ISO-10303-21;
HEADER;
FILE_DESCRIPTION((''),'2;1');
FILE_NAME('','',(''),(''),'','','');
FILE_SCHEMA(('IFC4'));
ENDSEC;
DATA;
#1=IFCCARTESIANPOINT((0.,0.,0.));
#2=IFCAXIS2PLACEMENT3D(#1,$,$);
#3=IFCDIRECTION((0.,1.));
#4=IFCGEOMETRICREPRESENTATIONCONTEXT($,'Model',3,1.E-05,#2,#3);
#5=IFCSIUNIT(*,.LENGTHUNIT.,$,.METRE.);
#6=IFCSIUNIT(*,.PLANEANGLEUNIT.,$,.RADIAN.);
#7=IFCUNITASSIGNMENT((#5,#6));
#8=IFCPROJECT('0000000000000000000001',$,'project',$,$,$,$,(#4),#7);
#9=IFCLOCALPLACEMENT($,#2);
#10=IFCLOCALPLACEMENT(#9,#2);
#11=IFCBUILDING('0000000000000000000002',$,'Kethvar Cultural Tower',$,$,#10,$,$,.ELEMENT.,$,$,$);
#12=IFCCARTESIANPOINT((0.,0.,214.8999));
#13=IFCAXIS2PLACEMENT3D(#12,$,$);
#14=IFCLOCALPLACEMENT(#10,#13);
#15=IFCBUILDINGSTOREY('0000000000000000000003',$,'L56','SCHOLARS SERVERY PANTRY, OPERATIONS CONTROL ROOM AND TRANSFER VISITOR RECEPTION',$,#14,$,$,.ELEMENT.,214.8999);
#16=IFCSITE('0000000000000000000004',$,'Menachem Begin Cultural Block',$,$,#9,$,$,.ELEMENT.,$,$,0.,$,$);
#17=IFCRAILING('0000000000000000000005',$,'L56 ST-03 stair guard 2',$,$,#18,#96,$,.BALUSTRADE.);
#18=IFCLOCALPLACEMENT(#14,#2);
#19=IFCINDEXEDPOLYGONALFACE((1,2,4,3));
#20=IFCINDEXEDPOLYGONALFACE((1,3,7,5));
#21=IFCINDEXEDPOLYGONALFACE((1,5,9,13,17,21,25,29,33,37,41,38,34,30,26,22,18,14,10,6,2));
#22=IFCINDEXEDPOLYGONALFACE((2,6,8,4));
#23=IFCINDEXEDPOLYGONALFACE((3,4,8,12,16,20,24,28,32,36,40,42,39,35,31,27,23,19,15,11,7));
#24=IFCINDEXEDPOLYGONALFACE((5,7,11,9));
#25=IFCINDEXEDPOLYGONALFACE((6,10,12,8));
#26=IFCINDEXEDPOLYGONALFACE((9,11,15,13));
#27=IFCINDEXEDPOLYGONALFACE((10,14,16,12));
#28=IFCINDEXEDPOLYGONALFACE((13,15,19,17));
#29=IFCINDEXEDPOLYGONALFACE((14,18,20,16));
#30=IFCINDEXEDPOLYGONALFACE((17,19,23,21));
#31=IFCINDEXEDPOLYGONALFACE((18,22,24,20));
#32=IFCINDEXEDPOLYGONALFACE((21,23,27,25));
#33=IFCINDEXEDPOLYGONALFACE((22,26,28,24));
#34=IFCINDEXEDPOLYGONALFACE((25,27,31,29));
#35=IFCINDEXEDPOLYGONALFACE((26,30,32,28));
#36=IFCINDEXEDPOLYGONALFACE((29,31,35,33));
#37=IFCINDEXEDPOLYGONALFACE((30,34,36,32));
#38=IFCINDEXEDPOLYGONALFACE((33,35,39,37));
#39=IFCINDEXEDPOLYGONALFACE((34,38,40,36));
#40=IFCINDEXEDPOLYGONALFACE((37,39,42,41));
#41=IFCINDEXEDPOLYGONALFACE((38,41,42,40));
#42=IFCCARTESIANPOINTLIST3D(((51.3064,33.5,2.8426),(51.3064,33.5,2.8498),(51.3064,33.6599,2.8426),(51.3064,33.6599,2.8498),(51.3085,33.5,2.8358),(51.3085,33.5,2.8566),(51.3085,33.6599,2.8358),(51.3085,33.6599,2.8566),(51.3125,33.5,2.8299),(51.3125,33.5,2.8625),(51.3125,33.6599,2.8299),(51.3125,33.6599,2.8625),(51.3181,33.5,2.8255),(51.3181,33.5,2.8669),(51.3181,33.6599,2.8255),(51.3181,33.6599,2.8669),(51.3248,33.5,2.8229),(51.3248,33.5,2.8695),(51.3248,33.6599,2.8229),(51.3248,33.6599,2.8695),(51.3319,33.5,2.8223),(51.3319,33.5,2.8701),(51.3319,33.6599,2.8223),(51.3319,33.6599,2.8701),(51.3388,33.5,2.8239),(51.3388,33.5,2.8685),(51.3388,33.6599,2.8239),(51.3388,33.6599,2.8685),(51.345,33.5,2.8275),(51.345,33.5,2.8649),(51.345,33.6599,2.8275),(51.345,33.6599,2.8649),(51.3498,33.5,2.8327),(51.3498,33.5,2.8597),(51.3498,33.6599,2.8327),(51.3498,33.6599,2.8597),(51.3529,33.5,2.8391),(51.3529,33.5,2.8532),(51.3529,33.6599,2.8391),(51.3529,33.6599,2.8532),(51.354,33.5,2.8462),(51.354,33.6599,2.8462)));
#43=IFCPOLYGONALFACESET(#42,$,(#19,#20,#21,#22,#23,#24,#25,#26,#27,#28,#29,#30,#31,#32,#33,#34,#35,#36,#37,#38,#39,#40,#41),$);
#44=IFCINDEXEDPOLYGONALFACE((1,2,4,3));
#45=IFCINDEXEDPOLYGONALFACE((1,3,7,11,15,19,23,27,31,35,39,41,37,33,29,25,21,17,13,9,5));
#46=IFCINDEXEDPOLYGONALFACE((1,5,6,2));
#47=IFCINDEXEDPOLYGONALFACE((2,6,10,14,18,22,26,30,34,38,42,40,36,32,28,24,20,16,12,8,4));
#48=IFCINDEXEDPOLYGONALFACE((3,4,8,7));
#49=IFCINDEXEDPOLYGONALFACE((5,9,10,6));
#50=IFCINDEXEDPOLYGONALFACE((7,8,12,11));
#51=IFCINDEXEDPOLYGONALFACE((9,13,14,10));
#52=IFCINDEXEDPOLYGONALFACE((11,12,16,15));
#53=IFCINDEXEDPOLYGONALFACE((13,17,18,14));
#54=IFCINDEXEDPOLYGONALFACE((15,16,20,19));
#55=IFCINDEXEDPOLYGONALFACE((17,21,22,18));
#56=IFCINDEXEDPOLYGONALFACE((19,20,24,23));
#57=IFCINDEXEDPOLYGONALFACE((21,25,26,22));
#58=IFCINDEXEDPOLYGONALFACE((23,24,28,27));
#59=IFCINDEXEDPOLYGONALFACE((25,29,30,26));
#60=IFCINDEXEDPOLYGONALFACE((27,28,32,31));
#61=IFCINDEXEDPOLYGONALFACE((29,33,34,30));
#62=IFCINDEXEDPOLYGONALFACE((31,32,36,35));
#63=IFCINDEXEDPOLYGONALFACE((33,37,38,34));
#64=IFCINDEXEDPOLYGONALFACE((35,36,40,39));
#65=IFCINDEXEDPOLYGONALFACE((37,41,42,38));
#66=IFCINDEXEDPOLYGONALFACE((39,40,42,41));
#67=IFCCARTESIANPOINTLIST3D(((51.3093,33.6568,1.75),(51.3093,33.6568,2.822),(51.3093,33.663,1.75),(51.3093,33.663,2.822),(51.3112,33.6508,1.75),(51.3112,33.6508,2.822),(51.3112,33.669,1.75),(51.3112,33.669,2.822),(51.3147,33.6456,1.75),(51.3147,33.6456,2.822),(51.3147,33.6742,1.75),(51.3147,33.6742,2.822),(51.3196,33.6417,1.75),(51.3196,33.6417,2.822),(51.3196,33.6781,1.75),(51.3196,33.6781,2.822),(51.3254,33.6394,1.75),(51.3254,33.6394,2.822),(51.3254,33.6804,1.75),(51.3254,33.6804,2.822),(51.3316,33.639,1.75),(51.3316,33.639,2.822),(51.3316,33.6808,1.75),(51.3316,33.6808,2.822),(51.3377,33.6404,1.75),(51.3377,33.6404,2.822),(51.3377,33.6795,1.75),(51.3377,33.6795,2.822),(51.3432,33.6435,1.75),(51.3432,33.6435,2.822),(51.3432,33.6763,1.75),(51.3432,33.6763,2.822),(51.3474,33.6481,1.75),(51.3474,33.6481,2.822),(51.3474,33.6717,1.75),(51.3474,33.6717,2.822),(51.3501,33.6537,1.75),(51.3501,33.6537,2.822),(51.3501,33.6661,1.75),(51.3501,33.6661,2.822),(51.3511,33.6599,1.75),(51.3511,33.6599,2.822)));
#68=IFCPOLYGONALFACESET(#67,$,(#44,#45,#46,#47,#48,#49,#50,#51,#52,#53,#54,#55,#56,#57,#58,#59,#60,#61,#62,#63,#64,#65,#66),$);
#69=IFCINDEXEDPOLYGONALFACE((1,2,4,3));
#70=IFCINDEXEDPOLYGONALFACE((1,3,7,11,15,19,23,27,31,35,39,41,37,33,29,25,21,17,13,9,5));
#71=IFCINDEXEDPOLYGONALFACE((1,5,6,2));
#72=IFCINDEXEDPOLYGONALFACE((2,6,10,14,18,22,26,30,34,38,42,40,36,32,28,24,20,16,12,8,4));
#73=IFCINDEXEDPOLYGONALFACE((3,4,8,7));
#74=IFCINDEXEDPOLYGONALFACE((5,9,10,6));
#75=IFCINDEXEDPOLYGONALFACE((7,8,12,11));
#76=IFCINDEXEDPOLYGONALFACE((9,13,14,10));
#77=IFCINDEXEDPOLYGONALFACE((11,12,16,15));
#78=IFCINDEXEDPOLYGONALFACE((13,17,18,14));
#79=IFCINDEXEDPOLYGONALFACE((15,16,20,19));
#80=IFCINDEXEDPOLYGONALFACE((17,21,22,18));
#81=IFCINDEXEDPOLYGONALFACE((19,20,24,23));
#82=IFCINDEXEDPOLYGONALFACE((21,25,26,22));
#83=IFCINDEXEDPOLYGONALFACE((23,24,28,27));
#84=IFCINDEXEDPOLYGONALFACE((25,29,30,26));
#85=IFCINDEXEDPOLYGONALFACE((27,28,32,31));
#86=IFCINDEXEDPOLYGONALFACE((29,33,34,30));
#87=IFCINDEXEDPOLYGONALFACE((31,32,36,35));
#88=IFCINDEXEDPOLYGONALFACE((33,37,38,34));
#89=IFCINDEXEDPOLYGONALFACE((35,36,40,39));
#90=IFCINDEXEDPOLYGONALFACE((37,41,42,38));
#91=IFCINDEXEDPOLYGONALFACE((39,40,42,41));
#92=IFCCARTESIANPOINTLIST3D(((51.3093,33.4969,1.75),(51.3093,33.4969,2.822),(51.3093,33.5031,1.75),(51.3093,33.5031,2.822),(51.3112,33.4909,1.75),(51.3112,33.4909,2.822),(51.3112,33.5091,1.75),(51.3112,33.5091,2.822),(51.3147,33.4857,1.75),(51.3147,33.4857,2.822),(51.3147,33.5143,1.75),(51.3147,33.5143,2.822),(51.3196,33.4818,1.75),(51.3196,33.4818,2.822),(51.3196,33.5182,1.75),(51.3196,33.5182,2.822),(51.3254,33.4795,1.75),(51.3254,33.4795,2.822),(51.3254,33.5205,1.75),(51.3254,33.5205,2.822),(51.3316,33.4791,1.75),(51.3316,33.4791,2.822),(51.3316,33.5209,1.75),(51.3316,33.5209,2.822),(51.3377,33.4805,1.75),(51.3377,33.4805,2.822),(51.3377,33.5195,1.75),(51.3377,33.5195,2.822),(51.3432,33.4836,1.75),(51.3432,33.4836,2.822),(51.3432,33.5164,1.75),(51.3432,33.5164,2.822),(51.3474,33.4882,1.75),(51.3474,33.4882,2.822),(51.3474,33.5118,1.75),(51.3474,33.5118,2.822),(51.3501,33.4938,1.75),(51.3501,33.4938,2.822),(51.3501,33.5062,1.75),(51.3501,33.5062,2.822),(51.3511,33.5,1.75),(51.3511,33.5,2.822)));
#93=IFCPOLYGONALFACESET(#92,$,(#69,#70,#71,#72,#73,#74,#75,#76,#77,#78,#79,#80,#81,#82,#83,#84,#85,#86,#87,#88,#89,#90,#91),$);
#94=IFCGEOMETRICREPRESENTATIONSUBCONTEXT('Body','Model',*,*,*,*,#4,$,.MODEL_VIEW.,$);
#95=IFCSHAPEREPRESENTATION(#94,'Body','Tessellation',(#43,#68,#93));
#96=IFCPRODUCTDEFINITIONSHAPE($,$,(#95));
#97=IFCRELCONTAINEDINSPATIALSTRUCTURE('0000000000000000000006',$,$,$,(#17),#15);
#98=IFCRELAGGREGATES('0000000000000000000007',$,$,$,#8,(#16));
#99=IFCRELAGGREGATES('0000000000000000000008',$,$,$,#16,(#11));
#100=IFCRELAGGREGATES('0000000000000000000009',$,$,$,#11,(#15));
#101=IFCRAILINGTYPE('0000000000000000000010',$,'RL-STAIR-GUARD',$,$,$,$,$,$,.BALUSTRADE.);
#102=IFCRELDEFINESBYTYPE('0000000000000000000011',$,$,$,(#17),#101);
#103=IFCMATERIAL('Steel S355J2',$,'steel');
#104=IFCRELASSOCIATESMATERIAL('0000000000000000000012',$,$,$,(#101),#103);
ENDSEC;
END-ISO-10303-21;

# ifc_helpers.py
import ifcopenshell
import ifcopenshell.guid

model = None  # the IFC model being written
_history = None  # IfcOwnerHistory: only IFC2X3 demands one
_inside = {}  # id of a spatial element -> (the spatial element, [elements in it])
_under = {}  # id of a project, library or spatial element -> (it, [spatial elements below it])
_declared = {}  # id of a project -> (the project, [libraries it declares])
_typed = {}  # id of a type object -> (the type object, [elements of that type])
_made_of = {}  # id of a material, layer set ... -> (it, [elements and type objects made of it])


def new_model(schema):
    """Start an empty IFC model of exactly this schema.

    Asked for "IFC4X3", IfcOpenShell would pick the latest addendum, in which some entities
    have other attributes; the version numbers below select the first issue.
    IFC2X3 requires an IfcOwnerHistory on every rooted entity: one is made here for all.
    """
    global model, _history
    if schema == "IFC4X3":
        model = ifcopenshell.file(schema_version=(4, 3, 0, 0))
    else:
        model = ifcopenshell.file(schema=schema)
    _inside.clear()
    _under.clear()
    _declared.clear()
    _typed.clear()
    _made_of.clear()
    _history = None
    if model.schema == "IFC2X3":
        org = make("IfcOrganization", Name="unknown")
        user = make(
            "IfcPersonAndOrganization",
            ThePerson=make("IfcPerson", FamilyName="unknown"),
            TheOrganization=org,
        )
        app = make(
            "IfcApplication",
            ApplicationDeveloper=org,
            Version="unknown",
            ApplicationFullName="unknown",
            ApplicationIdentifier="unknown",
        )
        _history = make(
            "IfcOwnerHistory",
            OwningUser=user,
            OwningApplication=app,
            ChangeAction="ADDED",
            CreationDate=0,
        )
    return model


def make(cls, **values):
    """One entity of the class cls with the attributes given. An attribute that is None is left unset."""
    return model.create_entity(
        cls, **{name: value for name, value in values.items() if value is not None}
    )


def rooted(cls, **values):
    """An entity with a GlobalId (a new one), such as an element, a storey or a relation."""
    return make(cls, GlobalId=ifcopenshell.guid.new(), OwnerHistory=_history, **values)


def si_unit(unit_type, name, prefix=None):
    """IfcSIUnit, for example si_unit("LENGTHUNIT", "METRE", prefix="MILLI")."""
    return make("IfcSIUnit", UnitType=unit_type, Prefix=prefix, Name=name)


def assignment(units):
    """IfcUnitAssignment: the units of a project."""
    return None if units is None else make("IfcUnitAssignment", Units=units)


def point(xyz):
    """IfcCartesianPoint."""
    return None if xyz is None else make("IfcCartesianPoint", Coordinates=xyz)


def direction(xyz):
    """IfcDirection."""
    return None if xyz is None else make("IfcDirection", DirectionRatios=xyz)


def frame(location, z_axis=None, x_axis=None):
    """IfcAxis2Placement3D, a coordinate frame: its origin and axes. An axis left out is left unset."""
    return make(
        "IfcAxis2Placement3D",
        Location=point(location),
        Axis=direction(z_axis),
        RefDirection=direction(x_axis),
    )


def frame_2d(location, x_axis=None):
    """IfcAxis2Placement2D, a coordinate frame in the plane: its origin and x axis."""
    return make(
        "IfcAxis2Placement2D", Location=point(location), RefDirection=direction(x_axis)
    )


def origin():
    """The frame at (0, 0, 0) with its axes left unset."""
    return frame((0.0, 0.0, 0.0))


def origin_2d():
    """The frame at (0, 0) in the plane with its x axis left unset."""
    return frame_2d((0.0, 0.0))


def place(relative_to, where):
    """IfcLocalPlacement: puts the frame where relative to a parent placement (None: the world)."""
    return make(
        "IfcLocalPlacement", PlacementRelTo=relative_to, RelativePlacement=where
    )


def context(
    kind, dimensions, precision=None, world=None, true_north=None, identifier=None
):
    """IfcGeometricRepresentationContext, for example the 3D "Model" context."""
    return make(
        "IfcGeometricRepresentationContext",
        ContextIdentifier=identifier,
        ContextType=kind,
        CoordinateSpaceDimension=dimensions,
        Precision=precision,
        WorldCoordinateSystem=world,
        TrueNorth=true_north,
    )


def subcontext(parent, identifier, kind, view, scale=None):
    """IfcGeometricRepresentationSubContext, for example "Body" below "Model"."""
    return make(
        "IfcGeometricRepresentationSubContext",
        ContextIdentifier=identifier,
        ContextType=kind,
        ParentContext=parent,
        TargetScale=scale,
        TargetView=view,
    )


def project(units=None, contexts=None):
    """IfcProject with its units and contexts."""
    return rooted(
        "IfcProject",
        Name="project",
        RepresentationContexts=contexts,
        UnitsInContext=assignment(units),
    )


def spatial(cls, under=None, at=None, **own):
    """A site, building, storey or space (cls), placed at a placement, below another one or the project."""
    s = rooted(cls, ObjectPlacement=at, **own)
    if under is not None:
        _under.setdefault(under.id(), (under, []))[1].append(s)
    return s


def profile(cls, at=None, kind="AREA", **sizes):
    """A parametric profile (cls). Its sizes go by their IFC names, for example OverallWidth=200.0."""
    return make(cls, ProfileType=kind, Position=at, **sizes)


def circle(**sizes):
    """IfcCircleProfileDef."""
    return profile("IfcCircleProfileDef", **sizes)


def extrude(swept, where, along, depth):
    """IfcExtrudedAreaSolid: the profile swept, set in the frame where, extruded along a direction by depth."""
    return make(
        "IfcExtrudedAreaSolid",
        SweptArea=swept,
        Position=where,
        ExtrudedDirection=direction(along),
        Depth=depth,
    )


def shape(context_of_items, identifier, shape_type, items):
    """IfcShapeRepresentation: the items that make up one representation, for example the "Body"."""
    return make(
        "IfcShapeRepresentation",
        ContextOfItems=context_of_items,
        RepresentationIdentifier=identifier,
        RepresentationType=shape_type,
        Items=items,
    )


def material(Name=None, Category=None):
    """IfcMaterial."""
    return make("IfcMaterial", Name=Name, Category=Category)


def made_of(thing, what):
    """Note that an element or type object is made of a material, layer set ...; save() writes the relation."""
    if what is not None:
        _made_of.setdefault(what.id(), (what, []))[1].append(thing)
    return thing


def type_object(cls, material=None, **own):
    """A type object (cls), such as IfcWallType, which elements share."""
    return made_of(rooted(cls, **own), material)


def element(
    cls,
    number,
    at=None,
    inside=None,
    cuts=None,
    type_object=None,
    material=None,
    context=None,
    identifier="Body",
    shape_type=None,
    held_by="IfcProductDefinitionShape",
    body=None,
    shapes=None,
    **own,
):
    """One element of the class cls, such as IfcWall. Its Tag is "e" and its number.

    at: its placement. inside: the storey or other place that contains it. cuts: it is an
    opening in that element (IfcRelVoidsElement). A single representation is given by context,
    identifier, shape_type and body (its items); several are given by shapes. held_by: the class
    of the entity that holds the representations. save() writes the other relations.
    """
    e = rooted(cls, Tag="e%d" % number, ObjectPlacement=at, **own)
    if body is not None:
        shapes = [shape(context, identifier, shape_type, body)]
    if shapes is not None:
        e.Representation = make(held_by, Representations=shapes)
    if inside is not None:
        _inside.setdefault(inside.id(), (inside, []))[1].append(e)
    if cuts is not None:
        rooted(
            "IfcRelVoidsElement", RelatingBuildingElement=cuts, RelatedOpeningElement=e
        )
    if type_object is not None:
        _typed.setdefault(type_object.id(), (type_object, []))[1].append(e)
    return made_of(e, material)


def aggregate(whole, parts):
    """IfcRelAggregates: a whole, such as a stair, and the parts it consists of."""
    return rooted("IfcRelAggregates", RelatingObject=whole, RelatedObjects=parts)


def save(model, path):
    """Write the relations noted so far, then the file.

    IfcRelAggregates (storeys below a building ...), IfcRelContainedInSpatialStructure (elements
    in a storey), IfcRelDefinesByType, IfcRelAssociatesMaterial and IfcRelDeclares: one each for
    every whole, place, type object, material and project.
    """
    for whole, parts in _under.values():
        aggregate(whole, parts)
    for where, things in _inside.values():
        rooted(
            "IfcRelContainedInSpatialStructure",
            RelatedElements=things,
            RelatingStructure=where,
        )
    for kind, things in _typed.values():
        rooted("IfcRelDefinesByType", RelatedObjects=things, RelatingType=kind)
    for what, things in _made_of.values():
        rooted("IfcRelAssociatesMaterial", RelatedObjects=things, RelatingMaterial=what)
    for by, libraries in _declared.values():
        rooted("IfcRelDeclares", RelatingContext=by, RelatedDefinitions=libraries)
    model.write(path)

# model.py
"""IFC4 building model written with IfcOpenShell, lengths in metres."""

from ifc_helpers import new_model, si_unit, direction, frame, origin, origin_2d, place, context, subcontext, project, spatial, circle, extrude, material, type_object, element, save


model = new_model("IFC4")

# Units and contexts
model_context = context("Model", 3, precision=1e-05, world=origin(), true_north=direction((0.0, 1.0)))
body_context = subcontext(model_context, "Body", "Model", "MODEL_VIEW")
ifc_project = project(units=[si_unit("LENGTHUNIT", "METRE"), si_unit("PLANEANGLEUNIT", "RADIAN")], contexts=[model_context])

# Site, building, storey
site_placement = place(None, origin())
site = spatial("IfcSite", under=ifc_project, at=site_placement, Name="Menachem Begin Cultural Block", CompositionType="ELEMENT", RefElevation=0.0)
building_placement = place(site_placement, origin())
building = spatial("IfcBuilding", under=site, at=building_placement, Name="Kethvar Cultural Tower", CompositionType="ELEMENT")
storey_placement = place(building_placement, frame((0.0, 0.0, 214.8999)))
storey = spatial("IfcBuildingStorey", under=building, at=storey_placement, Name="L56", Description="SCHOLARS SERVERY PANTRY, OPERATIONS CONTROL ROOM AND TRANSFER VISITOR RECEPTION", CompositionType="ELEMENT", Elevation=214.8999)

# Shared definitions
ifc_material_1 = material(Name="Steel S355J2", Category="steel")

# Railing
railing_type_1 = type_object("IfcRailingType", Name="RL-STAIR-GUARD", PredefinedType="BALUSTRADE", material=ifc_material_1)
railing_1_placement = place(storey_placement, frame((51.3301, 33.6599, 1.75)))
element("IfcRailing", 1, at=railing_1_placement, inside=storey, type_object=railing_type_1, Name="L56 ST-03 stair guard 2", PredefinedType="BALUSTRADE", context=body_context, shape_type="SweptSolid", body=[
    extrude(circle(Radius=0.0239, at=origin_2d()), frame((0.0, 0.0, 1.0962), z_axis=(0.0, -1.0, 0.0), x_axis=(1.0, 0.0, 0.0)), (0.0, 0.0, 1.0), 0.1599),
    extrude(circle(Radius=0.021, at=origin_2d()), origin(), (0.0, 0.0, 1.0), 1.072),
    extrude(circle(Radius=0.021, at=origin_2d()), frame((0.0, -0.1599, 0.0)), (0.0, 0.0, 1.0), 1.072),
])

save(model, "model.ifc")
